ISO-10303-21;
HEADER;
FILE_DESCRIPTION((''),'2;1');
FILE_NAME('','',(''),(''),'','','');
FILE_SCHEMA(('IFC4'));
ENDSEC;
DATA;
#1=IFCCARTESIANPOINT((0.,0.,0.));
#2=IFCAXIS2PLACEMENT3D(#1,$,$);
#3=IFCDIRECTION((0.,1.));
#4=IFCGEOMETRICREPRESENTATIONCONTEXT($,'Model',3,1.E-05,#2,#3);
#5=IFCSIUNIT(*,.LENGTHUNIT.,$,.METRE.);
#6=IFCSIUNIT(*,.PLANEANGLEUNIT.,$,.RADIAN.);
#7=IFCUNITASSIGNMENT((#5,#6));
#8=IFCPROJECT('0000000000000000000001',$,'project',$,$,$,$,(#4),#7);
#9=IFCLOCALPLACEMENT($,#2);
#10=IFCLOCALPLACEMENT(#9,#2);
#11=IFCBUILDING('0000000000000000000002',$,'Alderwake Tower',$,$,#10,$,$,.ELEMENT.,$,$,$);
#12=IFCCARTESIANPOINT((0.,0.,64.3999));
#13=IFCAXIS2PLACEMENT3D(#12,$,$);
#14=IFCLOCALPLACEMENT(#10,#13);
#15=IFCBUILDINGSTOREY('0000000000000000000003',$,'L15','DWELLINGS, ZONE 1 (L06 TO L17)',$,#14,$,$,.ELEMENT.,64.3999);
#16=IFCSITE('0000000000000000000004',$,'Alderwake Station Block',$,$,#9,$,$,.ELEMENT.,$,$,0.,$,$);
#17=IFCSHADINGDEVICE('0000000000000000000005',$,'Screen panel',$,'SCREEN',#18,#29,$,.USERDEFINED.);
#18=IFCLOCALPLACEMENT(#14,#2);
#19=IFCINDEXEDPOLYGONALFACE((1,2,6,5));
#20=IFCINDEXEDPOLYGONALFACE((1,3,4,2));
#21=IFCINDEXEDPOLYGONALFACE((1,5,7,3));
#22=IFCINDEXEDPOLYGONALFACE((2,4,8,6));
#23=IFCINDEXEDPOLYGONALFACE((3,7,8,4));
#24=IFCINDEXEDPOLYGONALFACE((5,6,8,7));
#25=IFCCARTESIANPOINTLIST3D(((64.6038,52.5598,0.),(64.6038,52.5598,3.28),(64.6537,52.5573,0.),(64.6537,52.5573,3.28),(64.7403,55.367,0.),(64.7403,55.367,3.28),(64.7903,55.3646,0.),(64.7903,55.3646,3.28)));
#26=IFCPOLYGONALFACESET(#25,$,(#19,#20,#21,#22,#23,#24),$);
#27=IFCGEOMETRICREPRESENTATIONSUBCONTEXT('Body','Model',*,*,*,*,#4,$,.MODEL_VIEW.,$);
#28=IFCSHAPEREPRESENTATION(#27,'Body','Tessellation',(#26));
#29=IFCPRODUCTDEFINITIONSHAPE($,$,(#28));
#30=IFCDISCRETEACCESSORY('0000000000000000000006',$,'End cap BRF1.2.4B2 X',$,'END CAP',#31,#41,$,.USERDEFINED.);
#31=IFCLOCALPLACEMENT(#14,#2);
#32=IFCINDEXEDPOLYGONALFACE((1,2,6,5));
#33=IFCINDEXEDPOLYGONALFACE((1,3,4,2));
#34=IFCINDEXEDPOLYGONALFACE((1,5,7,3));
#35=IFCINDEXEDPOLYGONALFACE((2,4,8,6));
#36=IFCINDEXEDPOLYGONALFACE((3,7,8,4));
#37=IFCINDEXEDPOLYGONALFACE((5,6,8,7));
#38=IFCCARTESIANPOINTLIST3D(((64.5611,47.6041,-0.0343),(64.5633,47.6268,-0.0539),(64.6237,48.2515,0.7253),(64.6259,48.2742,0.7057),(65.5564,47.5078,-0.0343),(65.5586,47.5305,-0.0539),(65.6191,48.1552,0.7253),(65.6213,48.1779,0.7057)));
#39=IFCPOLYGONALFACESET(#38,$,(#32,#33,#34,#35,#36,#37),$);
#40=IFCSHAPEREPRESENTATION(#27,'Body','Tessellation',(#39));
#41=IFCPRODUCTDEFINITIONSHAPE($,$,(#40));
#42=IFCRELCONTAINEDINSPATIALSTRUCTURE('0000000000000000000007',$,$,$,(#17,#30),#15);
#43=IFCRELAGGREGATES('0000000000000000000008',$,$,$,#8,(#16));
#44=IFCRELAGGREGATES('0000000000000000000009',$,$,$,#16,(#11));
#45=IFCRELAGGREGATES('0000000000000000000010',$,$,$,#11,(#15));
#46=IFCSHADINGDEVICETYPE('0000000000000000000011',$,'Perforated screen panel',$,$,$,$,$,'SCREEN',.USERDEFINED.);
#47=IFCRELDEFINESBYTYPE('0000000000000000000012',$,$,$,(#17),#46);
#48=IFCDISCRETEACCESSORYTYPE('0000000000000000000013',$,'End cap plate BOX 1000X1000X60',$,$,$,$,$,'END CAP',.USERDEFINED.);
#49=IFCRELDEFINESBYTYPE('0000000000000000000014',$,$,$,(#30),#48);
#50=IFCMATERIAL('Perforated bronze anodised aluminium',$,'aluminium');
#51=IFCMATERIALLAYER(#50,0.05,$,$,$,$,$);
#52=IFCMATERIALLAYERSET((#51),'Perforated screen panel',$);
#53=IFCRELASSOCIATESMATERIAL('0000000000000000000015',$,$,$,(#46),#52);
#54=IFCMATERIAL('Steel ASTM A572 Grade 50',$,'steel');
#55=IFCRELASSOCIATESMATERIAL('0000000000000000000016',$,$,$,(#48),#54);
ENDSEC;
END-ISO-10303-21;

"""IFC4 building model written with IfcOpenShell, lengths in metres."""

from ifc_helpers import new_model, si_unit, direction, frame, origin, origin_2d, place, context, subcontext, project, spatial, rectangle, extrude, material, layer, layer_set, material_profile, profile_set, type_object, element, save


model = new_model("IFC4")

# Units and contexts
model_context = context("Model", 3, precision=1e-05, world=origin(), true_north=direction((0.0, 1.0)))
body_context = subcontext(model_context, "Body", "Model", "MODEL_VIEW")
ifc_project = project(units=[si_unit("LENGTHUNIT", "METRE"), si_unit("PLANEANGLEUNIT", "RADIAN")], contexts=[model_context])

# Site, building, storey
site_placement = place(None, origin())
site = spatial("IfcSite", under=ifc_project, at=site_placement, Name="Alderwake Station Block", CompositionType="ELEMENT", RefElevation=0.0)
building_placement = place(site_placement, origin())
building = spatial("IfcBuilding", under=site, at=building_placement, Name="Alderwake Tower", CompositionType="ELEMENT")
storey_placement = place(building_placement, frame((0.0, 0.0, 64.3999)))
storey = spatial("IfcBuildingStorey", under=building, at=storey_placement, Name="L15", Description="DWELLINGS, ZONE 1 (L06 TO L17)", CompositionType="ELEMENT", Elevation=64.3999)

# Shading device
ifc_material_1 = material(Name="Perforated bronze anodised aluminium", Category="aluminium")
ifc_layer_1 = layer(ifc_material_1, 0.05)
ifc_layer_set_1 = layer_set([ifc_layer_1], Name="Perforated screen panel")
shading_device_type_1 = type_object("IfcShadingDeviceType", Name="Perforated screen panel", ElementType="SCREEN", PredefinedType="USERDEFINED", material=ifc_layer_set_1)
shading_device_placement = place(storey_placement, frame((64.697, 53.9622, 0.0), z_axis=(0.0, 0.0, 1.0), x_axis=(0.998819, -0.048581, 0.0)))
element("IfcShadingDevice", 1, at=shading_device_placement, inside=storey, type_object=shading_device_type_1, Name="Screen panel", ObjectType="SCREEN", PredefinedType="USERDEFINED", context=body_context, shape_type="SweptSolid", body=[
    extrude(rectangle(XDim=0.05, YDim=2.8105, at=origin_2d()), origin(), (0.0, 0.0, 1.0), 3.28),
])

# Discrete accessory
ifc_material_2 = material(Name="Steel ASTM A572 Grade 50", Category="steel")
ifc_material_profile_1 = material_profile(ifc_material_2, rectangle(XDim=1.0, YDim=1.0, at=origin_2d()), Name="BOX 1000X1000X60 cap")
ifc_profile_set_1 = profile_set([ifc_material_profile_1], Name="Steel ASTM A572 Grade 50")
discrete_accessory_type = type_object("IfcDiscreteAccessoryType", Name="End cap plate BOX 1000X1000X60", ElementType="END CAP", PredefinedType="USERDEFINED", material=ifc_profile_set_1)
discrete_accessory_placement = place(storey_placement, frame((65.0901, 47.8796, 0.3455), z_axis=(0.073168, 0.756073, -0.650385), x_axis=(-0.99535, 0.096324, 0.0)))
element("IfcDiscreteAccessory", 2, at=discrete_accessory_placement, inside=storey, type_object=discrete_accessory_type, Name="End cap BRF1.2.4B2 X", ObjectType="END CAP", PredefinedType="USERDEFINED", context=body_context, shape_type="SweptSolid", body=[
    extrude(rectangle(XDim=1.0, YDim=1.0, at=origin_2d()), origin(), (0.0, 0.0, 1.0), 0.03),
])

save(model, "model.ifc")
